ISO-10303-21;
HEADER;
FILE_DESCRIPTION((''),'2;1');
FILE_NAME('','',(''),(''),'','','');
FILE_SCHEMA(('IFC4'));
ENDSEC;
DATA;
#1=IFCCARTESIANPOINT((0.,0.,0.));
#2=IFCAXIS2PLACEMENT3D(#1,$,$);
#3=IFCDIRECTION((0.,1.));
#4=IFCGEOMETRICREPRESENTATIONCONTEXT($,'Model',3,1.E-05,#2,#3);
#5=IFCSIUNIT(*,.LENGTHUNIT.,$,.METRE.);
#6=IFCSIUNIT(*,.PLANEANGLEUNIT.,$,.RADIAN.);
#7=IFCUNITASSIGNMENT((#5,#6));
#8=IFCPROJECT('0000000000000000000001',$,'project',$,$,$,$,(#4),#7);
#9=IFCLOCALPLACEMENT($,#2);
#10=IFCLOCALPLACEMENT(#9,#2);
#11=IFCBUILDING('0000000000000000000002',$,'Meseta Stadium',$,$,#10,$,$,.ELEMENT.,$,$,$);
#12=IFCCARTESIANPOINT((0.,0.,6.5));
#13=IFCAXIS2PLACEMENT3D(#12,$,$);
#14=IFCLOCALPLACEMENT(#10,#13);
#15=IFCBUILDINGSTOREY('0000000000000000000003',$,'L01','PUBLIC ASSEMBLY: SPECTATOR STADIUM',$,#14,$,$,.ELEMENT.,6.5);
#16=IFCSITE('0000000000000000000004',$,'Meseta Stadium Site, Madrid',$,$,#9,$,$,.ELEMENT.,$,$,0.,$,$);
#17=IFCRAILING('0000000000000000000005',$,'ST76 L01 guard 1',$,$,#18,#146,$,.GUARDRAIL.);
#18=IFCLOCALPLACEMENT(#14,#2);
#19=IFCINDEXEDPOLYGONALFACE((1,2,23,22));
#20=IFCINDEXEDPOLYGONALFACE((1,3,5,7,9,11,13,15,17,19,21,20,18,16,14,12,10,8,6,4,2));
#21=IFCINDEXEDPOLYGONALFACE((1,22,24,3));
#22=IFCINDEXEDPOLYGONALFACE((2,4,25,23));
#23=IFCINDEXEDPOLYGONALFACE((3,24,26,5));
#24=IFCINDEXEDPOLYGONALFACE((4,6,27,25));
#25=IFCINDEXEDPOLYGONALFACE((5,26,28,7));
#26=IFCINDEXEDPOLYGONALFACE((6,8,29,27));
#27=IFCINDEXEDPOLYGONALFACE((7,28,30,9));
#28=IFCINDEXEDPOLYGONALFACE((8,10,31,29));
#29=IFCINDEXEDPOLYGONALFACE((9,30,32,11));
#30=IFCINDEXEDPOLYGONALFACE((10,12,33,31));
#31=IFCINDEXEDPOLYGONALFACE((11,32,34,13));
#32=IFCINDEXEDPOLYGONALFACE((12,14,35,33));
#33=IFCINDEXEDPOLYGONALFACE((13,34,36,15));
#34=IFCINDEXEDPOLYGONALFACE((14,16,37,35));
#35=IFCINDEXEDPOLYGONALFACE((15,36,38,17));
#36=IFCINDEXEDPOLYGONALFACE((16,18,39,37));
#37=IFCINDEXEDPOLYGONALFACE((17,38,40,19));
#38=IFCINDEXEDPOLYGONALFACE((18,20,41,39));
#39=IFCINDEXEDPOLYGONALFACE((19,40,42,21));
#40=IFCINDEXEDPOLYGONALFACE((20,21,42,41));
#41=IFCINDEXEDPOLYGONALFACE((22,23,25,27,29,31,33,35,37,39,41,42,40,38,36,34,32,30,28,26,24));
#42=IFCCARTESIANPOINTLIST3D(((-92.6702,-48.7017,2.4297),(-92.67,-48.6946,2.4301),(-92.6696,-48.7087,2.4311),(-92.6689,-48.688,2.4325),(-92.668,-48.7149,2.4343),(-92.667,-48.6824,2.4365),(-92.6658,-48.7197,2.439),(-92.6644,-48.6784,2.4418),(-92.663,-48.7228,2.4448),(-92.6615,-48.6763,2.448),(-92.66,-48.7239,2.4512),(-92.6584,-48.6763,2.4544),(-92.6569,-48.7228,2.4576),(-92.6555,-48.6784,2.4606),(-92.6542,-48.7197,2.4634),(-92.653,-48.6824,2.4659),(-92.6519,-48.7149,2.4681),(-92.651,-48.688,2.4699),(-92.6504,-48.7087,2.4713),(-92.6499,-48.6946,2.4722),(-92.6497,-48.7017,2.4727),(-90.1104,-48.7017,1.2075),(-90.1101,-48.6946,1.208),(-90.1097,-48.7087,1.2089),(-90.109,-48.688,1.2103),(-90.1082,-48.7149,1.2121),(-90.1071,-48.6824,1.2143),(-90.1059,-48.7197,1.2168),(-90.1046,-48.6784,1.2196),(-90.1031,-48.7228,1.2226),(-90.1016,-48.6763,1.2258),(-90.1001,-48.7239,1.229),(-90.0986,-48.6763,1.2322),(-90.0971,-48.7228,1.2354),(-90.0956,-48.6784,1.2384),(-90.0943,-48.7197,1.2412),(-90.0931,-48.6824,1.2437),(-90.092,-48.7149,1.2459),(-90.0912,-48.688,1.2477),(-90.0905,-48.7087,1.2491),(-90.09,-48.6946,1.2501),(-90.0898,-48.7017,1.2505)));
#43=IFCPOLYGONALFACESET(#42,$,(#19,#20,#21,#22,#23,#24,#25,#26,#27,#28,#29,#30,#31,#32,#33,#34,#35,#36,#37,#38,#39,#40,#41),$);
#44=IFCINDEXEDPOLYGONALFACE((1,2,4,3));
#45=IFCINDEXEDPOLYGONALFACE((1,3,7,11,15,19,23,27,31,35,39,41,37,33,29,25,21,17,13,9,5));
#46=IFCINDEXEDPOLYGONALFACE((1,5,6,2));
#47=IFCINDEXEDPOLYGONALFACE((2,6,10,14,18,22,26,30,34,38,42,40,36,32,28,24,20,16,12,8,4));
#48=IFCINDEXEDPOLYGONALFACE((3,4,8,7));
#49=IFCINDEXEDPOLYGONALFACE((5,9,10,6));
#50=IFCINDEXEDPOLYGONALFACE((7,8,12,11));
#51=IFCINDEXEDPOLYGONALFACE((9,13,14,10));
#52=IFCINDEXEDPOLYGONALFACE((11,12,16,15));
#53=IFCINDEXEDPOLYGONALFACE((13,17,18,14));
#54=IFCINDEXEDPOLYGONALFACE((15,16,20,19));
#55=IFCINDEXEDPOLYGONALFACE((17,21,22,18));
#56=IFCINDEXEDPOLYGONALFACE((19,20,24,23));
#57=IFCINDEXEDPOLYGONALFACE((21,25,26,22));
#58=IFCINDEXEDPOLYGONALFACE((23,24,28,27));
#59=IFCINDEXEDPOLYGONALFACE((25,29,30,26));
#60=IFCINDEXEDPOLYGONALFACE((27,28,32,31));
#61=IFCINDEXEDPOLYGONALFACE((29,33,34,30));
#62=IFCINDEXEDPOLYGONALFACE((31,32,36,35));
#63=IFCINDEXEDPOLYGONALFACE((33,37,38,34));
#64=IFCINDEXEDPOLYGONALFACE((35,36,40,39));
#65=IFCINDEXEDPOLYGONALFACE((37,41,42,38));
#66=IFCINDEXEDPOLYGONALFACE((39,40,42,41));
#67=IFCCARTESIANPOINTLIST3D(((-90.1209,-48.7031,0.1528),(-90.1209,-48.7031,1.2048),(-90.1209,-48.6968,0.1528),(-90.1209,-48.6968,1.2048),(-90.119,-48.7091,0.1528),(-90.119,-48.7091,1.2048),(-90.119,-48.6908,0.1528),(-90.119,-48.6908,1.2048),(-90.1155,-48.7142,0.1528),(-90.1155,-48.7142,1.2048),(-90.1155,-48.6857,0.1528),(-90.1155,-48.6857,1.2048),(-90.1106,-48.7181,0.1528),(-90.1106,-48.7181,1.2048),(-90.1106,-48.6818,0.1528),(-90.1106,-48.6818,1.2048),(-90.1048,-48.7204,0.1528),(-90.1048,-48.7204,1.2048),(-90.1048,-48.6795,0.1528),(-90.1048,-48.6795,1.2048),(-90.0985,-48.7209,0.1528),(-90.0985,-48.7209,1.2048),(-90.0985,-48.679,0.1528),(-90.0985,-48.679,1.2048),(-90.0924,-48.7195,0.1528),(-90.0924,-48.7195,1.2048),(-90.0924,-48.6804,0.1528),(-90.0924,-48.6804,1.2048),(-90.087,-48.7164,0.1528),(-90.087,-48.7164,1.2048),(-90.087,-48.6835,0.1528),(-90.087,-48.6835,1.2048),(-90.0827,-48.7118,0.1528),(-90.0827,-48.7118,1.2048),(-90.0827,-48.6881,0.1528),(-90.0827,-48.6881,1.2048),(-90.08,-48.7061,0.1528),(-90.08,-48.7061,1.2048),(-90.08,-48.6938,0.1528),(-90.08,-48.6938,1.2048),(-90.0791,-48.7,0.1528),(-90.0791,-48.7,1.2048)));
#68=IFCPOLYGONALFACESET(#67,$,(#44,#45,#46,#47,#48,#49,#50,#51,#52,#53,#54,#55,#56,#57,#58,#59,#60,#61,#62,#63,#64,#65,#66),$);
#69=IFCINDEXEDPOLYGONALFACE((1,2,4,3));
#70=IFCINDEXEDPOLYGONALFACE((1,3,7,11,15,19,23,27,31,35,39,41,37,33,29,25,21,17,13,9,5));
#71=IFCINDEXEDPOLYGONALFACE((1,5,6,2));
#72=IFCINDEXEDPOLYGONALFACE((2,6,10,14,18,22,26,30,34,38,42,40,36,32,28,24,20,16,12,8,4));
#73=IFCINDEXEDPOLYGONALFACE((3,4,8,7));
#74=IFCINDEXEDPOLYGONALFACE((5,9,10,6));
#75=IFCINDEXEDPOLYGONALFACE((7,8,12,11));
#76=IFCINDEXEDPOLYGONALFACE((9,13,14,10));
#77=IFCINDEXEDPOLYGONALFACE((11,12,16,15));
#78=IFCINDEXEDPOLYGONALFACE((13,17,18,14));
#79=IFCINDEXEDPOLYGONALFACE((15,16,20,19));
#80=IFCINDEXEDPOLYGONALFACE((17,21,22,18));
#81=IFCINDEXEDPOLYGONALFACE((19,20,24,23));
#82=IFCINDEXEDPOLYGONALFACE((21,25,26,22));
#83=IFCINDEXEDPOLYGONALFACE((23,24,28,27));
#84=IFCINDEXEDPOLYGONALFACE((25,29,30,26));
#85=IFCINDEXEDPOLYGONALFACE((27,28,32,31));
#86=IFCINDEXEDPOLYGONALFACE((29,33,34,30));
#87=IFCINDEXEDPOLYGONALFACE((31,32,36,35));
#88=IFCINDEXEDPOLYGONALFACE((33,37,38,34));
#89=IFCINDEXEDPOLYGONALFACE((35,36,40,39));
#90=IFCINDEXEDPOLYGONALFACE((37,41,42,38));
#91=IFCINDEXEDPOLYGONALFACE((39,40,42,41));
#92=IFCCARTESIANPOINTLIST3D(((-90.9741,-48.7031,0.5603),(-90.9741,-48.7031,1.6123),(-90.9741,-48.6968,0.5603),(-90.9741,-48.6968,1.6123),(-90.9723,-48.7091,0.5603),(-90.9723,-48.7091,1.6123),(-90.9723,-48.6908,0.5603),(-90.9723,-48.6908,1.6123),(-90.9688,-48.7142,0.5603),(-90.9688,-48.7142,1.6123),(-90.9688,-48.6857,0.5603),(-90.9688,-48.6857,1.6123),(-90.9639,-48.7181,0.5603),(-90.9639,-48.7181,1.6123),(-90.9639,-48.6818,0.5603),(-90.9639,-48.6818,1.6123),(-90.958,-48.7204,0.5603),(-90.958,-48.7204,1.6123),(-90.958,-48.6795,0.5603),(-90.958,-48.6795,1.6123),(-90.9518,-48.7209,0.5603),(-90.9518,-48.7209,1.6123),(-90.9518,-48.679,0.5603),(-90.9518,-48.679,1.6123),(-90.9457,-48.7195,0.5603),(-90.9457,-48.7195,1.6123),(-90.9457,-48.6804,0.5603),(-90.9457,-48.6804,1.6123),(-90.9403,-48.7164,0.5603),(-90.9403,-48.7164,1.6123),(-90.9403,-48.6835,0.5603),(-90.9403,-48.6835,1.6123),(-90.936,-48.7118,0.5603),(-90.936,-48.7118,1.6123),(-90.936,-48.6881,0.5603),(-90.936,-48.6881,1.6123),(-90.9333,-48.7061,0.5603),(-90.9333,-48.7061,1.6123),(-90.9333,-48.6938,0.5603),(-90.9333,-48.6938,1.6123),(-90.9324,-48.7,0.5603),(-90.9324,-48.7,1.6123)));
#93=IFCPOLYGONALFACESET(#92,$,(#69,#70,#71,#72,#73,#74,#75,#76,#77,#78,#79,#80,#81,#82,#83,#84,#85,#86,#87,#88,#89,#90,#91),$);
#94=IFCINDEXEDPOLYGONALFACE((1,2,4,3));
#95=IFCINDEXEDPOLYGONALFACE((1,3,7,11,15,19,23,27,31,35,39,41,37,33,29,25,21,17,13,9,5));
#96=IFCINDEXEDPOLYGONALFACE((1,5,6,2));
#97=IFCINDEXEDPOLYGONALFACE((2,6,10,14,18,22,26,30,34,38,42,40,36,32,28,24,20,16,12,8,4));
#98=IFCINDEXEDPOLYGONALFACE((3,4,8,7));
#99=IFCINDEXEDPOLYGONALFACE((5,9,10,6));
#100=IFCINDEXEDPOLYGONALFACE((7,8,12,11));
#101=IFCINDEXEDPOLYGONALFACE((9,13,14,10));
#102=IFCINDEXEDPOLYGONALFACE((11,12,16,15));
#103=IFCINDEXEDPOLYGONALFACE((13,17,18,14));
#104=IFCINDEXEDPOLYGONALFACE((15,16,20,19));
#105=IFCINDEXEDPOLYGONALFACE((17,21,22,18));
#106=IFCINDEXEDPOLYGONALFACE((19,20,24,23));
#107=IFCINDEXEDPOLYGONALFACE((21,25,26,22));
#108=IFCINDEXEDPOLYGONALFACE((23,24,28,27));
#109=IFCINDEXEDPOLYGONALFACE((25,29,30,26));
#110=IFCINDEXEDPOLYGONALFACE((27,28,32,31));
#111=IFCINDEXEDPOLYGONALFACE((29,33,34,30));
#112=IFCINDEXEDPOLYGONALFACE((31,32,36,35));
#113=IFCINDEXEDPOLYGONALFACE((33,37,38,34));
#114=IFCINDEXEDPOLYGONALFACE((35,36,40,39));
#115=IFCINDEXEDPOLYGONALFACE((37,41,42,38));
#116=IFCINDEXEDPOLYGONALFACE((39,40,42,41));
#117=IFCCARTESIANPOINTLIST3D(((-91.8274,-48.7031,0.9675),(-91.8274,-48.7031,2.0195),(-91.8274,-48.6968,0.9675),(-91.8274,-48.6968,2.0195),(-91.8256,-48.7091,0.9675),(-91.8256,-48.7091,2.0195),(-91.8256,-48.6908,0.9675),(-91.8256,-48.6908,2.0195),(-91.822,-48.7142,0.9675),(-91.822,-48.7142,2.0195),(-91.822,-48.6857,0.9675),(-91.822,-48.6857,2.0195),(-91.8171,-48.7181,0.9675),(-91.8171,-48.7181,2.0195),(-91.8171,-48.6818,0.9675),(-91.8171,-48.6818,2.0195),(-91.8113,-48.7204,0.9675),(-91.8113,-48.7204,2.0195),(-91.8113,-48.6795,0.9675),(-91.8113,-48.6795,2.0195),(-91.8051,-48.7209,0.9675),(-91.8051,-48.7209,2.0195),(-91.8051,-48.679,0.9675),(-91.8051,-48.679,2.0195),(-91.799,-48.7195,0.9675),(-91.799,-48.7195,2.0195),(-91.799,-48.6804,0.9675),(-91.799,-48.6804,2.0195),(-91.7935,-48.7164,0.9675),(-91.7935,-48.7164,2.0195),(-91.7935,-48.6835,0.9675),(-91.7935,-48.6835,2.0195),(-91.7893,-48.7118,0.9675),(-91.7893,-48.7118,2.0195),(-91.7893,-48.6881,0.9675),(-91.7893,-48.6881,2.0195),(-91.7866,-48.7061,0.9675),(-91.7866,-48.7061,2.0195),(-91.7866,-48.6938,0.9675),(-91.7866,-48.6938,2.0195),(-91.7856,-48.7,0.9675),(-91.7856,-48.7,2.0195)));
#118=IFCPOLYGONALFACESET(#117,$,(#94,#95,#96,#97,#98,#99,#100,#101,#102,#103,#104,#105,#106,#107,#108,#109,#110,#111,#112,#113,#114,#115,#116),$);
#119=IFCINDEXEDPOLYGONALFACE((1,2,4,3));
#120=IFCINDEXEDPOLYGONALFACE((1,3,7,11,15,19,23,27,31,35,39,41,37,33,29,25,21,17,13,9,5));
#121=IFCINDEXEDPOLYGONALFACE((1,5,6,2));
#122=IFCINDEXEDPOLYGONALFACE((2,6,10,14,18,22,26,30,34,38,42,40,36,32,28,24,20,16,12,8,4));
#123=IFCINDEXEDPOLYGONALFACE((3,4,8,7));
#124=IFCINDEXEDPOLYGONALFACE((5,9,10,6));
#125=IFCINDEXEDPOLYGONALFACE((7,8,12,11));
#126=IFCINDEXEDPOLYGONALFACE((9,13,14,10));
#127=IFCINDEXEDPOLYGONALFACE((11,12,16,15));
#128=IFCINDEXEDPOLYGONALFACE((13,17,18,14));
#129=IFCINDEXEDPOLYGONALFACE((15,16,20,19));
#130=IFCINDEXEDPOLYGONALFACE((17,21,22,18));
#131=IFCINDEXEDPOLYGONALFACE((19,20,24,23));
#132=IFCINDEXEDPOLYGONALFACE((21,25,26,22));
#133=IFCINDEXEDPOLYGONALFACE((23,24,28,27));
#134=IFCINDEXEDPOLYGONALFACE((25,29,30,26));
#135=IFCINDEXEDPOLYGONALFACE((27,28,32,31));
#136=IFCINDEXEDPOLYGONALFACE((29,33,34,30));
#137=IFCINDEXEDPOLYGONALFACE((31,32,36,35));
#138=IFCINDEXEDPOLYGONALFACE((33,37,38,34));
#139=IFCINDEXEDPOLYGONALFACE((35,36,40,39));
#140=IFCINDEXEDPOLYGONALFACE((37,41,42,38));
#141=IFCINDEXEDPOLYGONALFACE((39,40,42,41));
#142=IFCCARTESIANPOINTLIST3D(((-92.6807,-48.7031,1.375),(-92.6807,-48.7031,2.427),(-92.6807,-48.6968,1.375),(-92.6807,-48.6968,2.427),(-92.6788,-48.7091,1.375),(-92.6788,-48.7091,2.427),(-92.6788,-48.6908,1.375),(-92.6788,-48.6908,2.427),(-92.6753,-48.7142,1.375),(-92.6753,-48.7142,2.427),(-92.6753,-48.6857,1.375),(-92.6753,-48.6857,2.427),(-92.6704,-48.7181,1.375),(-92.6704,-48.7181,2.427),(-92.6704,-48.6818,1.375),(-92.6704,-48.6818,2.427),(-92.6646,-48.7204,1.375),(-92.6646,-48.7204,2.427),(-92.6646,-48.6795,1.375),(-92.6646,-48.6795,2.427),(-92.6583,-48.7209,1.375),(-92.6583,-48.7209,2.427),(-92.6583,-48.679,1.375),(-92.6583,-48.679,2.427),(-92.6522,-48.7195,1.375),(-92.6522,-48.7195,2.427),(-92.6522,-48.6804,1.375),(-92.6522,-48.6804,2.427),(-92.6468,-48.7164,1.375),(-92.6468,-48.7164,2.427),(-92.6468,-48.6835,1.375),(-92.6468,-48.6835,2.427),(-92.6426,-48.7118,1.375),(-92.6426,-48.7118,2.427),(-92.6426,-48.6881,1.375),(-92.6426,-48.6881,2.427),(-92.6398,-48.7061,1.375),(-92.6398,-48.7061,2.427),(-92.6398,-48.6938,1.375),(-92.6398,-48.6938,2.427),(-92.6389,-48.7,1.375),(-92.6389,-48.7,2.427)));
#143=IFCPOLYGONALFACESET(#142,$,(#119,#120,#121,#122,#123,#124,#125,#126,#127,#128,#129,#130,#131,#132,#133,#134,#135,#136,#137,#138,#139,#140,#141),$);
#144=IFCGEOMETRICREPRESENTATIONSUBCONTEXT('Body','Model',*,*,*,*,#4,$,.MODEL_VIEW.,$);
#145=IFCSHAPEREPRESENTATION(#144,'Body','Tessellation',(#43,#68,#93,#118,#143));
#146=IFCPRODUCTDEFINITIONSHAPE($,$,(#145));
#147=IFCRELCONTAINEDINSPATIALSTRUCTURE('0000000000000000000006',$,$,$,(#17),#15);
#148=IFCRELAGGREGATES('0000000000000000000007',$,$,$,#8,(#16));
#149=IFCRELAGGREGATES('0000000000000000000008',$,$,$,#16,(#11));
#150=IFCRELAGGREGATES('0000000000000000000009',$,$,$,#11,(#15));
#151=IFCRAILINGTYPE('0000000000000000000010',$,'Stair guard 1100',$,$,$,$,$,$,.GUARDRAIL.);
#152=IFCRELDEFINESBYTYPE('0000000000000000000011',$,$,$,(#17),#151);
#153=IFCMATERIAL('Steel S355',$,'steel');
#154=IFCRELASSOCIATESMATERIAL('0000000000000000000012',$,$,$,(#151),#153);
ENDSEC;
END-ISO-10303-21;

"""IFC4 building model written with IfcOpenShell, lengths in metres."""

from ifc_helpers import new_model, si_unit, direction, frame, origin, origin_2d, place, context, subcontext, project, spatial, circle, extrude, material, type_object, element, save


model = new_model("IFC4")

# Units and contexts
model_context = context("Model", 3, precision=1e-05, world=origin(), true_north=direction((0.0, 1.0)))
body_context = subcontext(model_context, "Body", "Model", "MODEL_VIEW")
ifc_project = project(units=[si_unit("LENGTHUNIT", "METRE"), si_unit("PLANEANGLEUNIT", "RADIAN")], contexts=[model_context])

# Site, building, storey
site_placement = place(None, origin())
site = spatial("IfcSite", under=ifc_project, at=site_placement, Name="Meseta Stadium Site, Madrid", CompositionType="ELEMENT", RefElevation=0.0)
building_placement = place(site_placement, origin())
building = spatial("IfcBuilding", under=site, at=building_placement, Name="Meseta Stadium", CompositionType="ELEMENT")
storey_placement = place(building_placement, frame((0.0, 0.0, 6.5)))
storey = spatial("IfcBuildingStorey", under=building, at=storey_placement, Name="L01", Description="PUBLIC ASSEMBLY: SPECTATOR STADIUM", CompositionType="ELEMENT", Elevation=6.5)

# Railing
ifc_material_1 = material(Name="Steel S355", Category="steel")
railing_type_1 = type_object("IfcRailingType", Name="Stair guard 1100", PredefinedType="GUARDRAIL", material=ifc_material_1)
railing_1_placement = place(storey_placement, frame((-90.1001, -48.7, 0.1528)))
element("IfcRailing", 1, at=railing_1_placement, inside=storey, type_object=railing_type_1, Name="ST76 L01 guard 1", PredefinedType="GUARDRAIL", context=body_context, shape_type="SweptSolid", body=[
    extrude(circle(Radius=0.0239, at=origin_2d()), frame((0.0, 0.0, 1.0762), z_axis=(-0.902421, 0.0, 0.430855), x_axis=(0.0, -1.0, 0.0)), (0.0, 0.0, 1.0), 2.8367),
    extrude(circle(Radius=0.021, at=origin_2d()), origin(), (0.0, 0.0, 1.0), 1.052),
    extrude(circle(Radius=0.021, at=origin_2d()), frame((-0.8533, 0.0, 0.4075)), (0.0, 0.0, 1.0), 1.052),
    extrude(circle(Radius=0.021, at=origin_2d()), frame((-1.7065, 0.0, 0.8147)), (0.0, 0.0, 1.0), 1.052),
    extrude(circle(Radius=0.021, at=origin_2d()), frame((-2.5598, 0.0, 1.2222)), (0.0, 0.0, 1.0), 1.052),
])

save(model, "model.ifc")
